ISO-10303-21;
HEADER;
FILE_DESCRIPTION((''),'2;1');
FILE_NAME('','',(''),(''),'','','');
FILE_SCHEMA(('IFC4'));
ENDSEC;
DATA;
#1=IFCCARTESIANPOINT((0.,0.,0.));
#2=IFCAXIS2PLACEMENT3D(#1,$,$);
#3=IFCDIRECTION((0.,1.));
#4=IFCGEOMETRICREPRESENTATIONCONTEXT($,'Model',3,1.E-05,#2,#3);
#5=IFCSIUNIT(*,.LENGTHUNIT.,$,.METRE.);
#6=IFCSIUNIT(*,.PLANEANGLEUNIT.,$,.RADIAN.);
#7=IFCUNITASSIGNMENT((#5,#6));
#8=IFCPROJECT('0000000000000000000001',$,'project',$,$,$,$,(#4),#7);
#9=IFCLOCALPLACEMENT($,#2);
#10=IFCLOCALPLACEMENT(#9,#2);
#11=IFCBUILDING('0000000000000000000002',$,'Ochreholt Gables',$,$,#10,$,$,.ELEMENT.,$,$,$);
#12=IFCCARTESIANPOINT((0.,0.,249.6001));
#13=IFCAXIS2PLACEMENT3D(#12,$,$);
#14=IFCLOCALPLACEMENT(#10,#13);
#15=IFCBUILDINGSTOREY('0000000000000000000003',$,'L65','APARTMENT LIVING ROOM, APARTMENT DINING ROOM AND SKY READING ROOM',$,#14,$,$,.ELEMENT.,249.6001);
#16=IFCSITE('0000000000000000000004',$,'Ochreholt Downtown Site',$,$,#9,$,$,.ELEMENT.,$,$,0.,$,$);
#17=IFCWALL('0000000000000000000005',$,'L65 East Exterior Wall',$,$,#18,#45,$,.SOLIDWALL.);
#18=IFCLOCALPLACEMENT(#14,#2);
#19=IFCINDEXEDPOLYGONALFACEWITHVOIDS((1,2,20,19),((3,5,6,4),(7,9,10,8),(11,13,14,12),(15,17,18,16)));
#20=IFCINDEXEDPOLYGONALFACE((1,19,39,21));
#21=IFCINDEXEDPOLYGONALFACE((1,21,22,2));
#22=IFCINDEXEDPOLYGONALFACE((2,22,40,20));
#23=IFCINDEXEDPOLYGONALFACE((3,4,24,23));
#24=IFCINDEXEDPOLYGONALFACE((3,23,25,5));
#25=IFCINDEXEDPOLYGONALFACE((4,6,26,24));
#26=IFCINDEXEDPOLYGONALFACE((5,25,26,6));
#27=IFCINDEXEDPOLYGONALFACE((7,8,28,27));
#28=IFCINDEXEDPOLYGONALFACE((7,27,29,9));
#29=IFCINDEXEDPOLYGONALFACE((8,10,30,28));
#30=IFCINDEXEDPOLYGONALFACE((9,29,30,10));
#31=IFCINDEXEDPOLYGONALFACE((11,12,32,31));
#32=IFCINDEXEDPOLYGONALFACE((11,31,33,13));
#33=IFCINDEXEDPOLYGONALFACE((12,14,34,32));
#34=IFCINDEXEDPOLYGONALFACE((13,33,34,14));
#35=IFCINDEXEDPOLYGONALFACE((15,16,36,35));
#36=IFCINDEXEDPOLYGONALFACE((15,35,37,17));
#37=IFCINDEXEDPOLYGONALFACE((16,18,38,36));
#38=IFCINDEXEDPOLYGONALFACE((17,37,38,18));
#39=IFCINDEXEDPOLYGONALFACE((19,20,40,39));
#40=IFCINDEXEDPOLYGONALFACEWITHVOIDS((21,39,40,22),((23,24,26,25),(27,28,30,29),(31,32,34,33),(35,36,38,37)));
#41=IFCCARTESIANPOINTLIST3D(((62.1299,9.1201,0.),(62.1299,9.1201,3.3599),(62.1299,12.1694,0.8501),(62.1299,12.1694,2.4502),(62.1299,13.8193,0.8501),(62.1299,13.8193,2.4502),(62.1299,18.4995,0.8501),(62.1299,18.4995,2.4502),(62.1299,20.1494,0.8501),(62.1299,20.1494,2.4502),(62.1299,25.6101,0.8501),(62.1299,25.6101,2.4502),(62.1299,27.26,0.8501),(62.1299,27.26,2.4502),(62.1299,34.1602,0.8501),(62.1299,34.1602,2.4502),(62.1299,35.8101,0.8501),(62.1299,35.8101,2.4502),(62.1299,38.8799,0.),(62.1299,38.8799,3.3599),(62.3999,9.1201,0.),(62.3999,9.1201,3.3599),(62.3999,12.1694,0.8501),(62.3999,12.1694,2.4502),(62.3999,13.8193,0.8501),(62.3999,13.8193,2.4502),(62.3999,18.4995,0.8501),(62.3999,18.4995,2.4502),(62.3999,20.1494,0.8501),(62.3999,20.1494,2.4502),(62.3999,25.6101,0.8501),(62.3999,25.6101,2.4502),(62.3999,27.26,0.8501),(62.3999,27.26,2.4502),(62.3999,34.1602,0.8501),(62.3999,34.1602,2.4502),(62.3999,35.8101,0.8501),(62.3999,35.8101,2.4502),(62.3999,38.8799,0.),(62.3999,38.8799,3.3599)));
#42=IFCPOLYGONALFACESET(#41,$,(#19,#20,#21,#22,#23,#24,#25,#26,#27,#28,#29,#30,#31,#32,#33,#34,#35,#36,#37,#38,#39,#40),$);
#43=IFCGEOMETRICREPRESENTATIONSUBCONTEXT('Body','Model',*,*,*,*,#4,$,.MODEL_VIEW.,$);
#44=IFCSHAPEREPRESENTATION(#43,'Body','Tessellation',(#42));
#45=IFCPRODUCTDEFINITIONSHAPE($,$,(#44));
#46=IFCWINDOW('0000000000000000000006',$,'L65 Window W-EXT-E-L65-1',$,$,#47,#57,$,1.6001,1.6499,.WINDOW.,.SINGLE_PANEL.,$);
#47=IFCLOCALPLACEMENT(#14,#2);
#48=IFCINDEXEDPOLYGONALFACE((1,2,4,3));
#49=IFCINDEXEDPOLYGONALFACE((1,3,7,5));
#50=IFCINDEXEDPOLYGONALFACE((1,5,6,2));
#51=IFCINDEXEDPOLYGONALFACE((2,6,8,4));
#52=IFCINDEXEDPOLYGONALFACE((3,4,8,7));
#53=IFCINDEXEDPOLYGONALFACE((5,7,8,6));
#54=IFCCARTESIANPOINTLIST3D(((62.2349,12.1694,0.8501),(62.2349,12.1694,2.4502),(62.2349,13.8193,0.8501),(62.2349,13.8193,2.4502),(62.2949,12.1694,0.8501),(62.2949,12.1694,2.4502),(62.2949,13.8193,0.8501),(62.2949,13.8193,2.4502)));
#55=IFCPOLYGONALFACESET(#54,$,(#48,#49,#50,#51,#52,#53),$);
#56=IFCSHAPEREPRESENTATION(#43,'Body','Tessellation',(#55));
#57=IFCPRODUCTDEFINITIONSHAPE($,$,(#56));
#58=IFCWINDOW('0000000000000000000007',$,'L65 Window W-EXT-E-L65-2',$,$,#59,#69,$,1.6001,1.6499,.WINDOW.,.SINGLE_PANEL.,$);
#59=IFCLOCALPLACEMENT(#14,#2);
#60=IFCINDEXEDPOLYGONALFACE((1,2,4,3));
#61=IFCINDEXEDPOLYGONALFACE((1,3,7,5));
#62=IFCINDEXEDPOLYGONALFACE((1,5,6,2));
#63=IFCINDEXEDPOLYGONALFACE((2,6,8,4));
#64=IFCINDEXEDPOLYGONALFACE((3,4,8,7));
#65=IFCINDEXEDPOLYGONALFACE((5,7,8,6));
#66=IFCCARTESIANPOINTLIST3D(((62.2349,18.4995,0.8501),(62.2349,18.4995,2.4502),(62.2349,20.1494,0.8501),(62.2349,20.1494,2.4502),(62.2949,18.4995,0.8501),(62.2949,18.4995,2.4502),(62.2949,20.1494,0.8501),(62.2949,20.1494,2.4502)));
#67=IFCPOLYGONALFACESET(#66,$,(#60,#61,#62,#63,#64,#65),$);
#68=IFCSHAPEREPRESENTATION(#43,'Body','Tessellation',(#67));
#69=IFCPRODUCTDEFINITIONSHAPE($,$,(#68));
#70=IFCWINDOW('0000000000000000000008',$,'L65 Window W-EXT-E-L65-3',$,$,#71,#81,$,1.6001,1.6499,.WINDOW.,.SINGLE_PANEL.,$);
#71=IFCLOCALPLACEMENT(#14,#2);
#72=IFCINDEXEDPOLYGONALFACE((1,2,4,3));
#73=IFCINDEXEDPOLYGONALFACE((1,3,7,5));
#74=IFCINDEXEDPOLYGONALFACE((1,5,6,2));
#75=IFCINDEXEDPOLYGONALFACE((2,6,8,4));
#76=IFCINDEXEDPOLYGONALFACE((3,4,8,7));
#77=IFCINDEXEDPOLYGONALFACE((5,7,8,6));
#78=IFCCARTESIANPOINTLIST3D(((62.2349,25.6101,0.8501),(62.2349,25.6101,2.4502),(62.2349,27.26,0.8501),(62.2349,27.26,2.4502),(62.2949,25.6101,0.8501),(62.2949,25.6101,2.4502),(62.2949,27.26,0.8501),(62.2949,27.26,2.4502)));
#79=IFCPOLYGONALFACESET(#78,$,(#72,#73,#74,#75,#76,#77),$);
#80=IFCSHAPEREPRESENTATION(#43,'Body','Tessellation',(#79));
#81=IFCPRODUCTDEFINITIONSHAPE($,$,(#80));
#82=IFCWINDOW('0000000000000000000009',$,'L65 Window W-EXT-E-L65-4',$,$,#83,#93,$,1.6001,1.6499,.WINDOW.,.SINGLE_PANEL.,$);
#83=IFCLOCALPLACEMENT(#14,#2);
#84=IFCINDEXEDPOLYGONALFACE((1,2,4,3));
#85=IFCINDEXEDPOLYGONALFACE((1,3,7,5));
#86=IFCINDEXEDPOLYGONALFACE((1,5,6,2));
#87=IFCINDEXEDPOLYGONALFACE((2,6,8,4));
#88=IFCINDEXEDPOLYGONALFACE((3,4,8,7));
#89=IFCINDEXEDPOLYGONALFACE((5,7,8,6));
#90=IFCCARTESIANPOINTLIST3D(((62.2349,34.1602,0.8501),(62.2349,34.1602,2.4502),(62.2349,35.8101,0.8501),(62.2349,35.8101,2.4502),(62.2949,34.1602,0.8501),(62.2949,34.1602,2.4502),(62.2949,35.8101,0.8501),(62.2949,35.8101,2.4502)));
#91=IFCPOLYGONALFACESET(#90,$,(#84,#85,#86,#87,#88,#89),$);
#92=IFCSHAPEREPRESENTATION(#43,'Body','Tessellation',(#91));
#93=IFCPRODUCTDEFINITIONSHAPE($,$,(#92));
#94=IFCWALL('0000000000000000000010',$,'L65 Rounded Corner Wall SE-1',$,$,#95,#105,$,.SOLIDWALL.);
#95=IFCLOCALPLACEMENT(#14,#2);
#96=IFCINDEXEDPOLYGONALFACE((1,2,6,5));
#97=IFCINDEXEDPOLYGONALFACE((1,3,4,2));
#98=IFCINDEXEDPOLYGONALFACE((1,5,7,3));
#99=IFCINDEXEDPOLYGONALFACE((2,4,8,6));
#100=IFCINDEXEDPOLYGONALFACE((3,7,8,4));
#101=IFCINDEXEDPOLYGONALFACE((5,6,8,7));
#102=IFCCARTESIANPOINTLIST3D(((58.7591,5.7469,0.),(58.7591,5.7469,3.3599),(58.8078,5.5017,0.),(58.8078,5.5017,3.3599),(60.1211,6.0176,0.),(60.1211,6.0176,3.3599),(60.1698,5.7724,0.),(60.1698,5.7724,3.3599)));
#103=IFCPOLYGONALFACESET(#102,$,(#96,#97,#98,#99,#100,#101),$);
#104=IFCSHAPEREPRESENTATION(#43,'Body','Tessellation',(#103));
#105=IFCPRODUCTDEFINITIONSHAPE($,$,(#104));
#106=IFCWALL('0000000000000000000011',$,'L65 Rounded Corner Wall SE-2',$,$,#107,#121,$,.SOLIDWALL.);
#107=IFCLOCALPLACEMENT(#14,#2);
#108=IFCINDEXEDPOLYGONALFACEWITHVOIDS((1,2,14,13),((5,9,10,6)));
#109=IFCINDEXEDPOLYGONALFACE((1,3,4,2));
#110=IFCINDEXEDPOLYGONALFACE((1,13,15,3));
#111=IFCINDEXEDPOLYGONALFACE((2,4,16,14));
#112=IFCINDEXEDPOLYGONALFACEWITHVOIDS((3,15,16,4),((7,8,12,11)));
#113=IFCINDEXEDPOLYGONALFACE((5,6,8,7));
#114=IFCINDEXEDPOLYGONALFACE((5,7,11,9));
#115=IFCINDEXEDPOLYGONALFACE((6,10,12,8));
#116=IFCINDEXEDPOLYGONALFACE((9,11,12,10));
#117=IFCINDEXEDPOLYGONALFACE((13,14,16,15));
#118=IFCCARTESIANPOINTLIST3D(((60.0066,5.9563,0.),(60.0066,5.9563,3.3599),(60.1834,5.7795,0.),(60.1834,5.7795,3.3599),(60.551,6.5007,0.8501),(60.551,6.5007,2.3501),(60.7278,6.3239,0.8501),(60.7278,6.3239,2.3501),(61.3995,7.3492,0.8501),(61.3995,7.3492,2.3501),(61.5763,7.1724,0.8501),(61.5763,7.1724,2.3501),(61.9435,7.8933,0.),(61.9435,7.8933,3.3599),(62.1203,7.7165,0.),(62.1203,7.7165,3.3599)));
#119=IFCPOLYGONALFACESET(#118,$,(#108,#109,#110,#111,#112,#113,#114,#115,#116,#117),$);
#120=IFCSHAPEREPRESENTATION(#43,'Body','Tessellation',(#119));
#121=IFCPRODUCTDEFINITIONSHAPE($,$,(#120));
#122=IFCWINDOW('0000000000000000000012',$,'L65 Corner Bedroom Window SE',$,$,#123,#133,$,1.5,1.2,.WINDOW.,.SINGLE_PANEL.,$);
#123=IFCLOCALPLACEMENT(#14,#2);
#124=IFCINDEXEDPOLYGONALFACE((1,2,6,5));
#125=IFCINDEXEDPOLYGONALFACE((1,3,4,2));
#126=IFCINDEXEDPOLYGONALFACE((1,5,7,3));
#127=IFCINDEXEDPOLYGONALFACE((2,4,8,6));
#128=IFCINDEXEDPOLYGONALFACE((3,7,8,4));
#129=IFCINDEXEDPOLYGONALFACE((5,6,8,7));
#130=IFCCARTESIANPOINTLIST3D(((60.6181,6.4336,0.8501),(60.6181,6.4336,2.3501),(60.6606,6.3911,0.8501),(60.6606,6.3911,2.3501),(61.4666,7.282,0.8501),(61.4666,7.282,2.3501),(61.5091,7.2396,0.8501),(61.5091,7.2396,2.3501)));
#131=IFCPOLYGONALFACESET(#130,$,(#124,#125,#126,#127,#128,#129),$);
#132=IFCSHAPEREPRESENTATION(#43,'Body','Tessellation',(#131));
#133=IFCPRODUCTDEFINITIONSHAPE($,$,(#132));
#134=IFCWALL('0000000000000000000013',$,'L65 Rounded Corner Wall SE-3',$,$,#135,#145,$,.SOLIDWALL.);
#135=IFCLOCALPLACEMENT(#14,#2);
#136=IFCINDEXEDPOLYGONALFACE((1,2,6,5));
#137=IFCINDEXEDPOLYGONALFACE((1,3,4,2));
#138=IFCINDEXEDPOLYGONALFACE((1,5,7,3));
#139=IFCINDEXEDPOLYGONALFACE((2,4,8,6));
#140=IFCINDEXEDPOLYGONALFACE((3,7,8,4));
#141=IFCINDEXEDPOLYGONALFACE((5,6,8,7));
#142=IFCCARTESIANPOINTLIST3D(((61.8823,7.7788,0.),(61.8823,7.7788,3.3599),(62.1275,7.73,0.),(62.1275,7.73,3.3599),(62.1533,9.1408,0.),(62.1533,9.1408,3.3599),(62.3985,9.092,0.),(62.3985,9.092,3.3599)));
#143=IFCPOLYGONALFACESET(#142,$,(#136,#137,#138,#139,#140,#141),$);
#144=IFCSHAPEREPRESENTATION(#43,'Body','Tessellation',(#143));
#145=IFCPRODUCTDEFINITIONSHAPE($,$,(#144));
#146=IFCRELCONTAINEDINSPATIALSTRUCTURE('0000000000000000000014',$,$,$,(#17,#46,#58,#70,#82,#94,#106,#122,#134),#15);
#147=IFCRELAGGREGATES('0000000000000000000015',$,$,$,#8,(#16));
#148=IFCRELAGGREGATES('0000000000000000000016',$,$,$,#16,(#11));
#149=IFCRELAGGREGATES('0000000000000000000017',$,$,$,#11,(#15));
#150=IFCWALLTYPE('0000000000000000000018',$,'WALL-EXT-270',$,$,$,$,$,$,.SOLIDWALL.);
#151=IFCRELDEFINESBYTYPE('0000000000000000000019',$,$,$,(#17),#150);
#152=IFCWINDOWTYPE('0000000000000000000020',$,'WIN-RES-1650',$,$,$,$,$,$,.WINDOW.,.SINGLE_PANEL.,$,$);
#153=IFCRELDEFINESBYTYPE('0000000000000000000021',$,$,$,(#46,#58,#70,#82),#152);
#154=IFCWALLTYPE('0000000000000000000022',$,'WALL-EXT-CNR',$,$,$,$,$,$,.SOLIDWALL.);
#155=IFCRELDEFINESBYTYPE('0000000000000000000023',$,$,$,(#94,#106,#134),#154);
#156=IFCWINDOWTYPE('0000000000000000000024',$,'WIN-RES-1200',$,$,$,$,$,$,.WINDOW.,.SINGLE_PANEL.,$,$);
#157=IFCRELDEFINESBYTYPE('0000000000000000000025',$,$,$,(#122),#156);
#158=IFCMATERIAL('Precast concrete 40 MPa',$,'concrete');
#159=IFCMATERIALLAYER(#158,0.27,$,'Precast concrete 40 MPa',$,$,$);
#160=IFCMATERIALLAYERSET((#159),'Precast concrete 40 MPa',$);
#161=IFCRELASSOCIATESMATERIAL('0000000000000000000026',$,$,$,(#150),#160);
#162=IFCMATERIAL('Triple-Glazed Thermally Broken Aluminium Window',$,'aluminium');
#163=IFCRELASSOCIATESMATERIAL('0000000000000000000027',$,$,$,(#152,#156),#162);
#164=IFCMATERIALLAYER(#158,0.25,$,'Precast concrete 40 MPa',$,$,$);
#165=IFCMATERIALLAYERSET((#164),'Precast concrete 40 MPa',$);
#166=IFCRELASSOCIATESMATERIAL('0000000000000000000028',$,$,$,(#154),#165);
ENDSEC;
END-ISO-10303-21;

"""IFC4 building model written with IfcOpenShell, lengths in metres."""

from ifc_helpers import new_model, si_unit, direction, frame, frame_2d, origin, place, context, subcontext, project, spatial, rectangle, extrude, material, layer, layer_set, type_object, element, fill, save


model = new_model("IFC4")

# Units and contexts
model_context = context("Model", 3, precision=1e-05, world=origin(), true_north=direction((0.0, 1.0)))
body_context = subcontext(model_context, "Body", "Model", "MODEL_VIEW")
ifc_project = project(units=[si_unit("LENGTHUNIT", "METRE"), si_unit("PLANEANGLEUNIT", "RADIAN")], contexts=[model_context])

# Site, building, storey
site_placement = place(None, origin())
site = spatial("IfcSite", under=ifc_project, at=site_placement, Name="Ochreholt Downtown Site", CompositionType="ELEMENT", RefElevation=0.0)
building_placement = place(site_placement, origin())
building = spatial("IfcBuilding", under=site, at=building_placement, Name="Ochreholt Gables", CompositionType="ELEMENT")
storey_placement = place(building_placement, frame((0.0, 0.0, 249.6001)))
storey = spatial("IfcBuildingStorey", under=building, at=storey_placement, Name="L65", Description="APARTMENT LIVING ROOM, APARTMENT DINING ROOM AND SKY READING ROOM", CompositionType="ELEMENT", Elevation=249.6001)

# Wall, openings, windows
ifc_material_1 = material(Name="Precast concrete 40 MPa", Category="concrete")
ifc_layer_1 = layer(ifc_material_1, 0.27, Name="Precast concrete 40 MPa")
ifc_layer_set_1 = layer_set([ifc_layer_1], Name="Precast concrete 40 MPa")
wall_type_1 = type_object("IfcWallType", Name="WALL-EXT-270", PredefinedType="SOLIDWALL", material=ifc_layer_set_1)
wall_1_placement = place(storey_placement, frame((62.2649, 9.1201, 0.0), z_axis=(0.0, 0.0, 1.0), x_axis=(0.0, 1.0, 0.0)))
wall_1 = element("IfcWall", 1, at=wall_1_placement, inside=storey, type_object=wall_type_1, Name="L65 East Exterior Wall", PredefinedType="SOLIDWALL", context=body_context, shape_type="SweptSolid", body=[
    extrude(rectangle(XDim=29.7598, YDim=0.27, at=frame_2d((14.8799, 0.0))), origin(), (0.0, 0.0, 1.0), 3.3599),
])
opening_1_placement = place(wall_1_placement, frame((3.0493, 0.0, 0.8501)))
opening_1 = element("IfcOpeningElement", 2, at=opening_1_placement, cuts=wall_1, PredefinedType="OPENING", context=body_context, shape_type="SweptSolid", body=[
    extrude(rectangle(XDim=1.6499, YDim=1.6001, at=frame_2d((0.825, 0.8))), frame((0.0, 0.145, 0.0), z_axis=(0.0, -1.0, 0.0), x_axis=(1.0, 0.0, 0.0)), (0.0, 0.0, 1.0), 0.29),
])
opening_2_placement = place(wall_1_placement, frame((9.3794, 0.0, 0.8501)))
opening_2 = element("IfcOpeningElement", 3, at=opening_2_placement, cuts=wall_1, PredefinedType="OPENING", context=body_context, shape_type="SweptSolid", body=[
    extrude(rectangle(XDim=1.6499, YDim=1.6001, at=frame_2d((0.825, 0.8))), frame((0.0, 0.145, 0.0), z_axis=(0.0, -1.0, 0.0), x_axis=(1.0, 0.0, 0.0)), (0.0, 0.0, 1.0), 0.29),
])
opening_3_placement = place(wall_1_placement, frame((16.49, 0.0, 0.8501)))
opening_3 = element("IfcOpeningElement", 4, at=opening_3_placement, cuts=wall_1, PredefinedType="OPENING", context=body_context, shape_type="SweptSolid", body=[
    extrude(rectangle(XDim=1.6499, YDim=1.6001, at=frame_2d((0.825, 0.8))), frame((0.0, 0.145, 0.0), z_axis=(0.0, -1.0, 0.0), x_axis=(1.0, 0.0, 0.0)), (0.0, 0.0, 1.0), 0.29),
])
opening_4_placement = place(wall_1_placement, frame((25.04, 0.0, 0.8501)))
opening_4 = element("IfcOpeningElement", 5, at=opening_4_placement, cuts=wall_1, PredefinedType="OPENING", context=body_context, shape_type="SweptSolid", body=[
    extrude(rectangle(XDim=1.6499, YDim=1.6001, at=frame_2d((0.825, 0.8))), frame((0.0, 0.145, 0.0), z_axis=(0.0, -1.0, 0.0), x_axis=(1.0, 0.0, 0.0)), (0.0, 0.0, 1.0), 0.29),
])
ifc_material_2 = material(Name="Triple-Glazed Thermally Broken Aluminium Window", Category="aluminium")
window_type_1 = type_object("IfcWindowType", Name="WIN-RES-1650", PartitioningType="SINGLE_PANEL", PredefinedType="WINDOW", material=ifc_material_2)
window_1_placement = place(opening_1_placement, origin())
window_1 = element("IfcWindow", 6, at=window_1_placement, inside=storey, type_object=window_type_1, Name="L65 Window W-EXT-E-L65-1", OverallHeight=1.6001, OverallWidth=1.6499, PartitioningType="SINGLE_PANEL", PredefinedType="WINDOW", context=body_context, shape_type="SweptSolid", body=[
    extrude(rectangle(XDim=1.6499, YDim=1.6001, at=frame_2d((0.825, 0.8))), frame((0.0, 0.03, 0.0), z_axis=(0.0, -1.0, 0.0), x_axis=(1.0, 0.0, 0.0)), (0.0, 0.0, 1.0), 0.0601),
])
fill(opening_1, window_1)
window_2_placement = place(opening_2_placement, origin())
window_2 = element("IfcWindow", 7, at=window_2_placement, inside=storey, type_object=window_type_1, Name="L65 Window W-EXT-E-L65-2", OverallHeight=1.6001, OverallWidth=1.6499, PartitioningType="SINGLE_PANEL", PredefinedType="WINDOW", context=body_context, shape_type="SweptSolid", body=[
    extrude(rectangle(XDim=1.6499, YDim=1.6001, at=frame_2d((0.825, 0.8))), frame((0.0, 0.03, 0.0), z_axis=(0.0, -1.0, 0.0), x_axis=(1.0, 0.0, 0.0)), (0.0, 0.0, 1.0), 0.0601),
])
fill(opening_2, window_2)
window_3_placement = place(opening_3_placement, origin())
window_3 = element("IfcWindow", 8, at=window_3_placement, inside=storey, type_object=window_type_1, Name="L65 Window W-EXT-E-L65-3", OverallHeight=1.6001, OverallWidth=1.6499, PartitioningType="SINGLE_PANEL", PredefinedType="WINDOW", context=body_context, shape_type="SweptSolid", body=[
    extrude(rectangle(XDim=1.6499, YDim=1.6001, at=frame_2d((0.825, 0.8))), frame((0.0, 0.03, 0.0), z_axis=(0.0, -1.0, 0.0), x_axis=(1.0, 0.0, 0.0)), (0.0, 0.0, 1.0), 0.0601),
])
fill(opening_3, window_3)
window_4_placement = place(opening_4_placement, origin())
window_4 = element("IfcWindow", 9, at=window_4_placement, inside=storey, type_object=window_type_1, Name="L65 Window W-EXT-E-L65-4", OverallHeight=1.6001, OverallWidth=1.6499, PartitioningType="SINGLE_PANEL", PredefinedType="WINDOW", context=body_context, shape_type="SweptSolid", body=[
    extrude(rectangle(XDim=1.6499, YDim=1.6001, at=frame_2d((0.825, 0.8))), frame((0.0, 0.03, 0.0), z_axis=(0.0, -1.0, 0.0), x_axis=(1.0, 0.0, 0.0)), (0.0, 0.0, 1.0), 0.0601),
])
fill(opening_4, window_4)

# Wall
ifc_layer_2 = layer(ifc_material_1, 0.25, Name="Precast concrete 40 MPa")
ifc_layer_set_2 = layer_set([ifc_layer_2], Name="Precast concrete 40 MPa")
wall_type_2 = type_object("IfcWallType", Name="WALL-EXT-CNR", PredefinedType="SOLIDWALL", material=ifc_layer_set_2)
wall_2_placement = place(storey_placement, frame((58.7834, 5.6243, 0.0), z_axis=(0.0, 0.0, 1.0), x_axis=(0.98081, 0.194967, 0.0)))
element("IfcWall", 10, at=wall_2_placement, inside=storey, type_object=wall_type_2, Name="L65 Rounded Corner Wall SE-1", PredefinedType="SOLIDWALL", context=body_context, shape_type="SweptSolid", body=[
    extrude(rectangle(XDim=1.3887, YDim=0.25, at=frame_2d((0.6943, 0.0))), origin(), (0.0, 0.0, 1.0), 3.3599),
])

# Wall, opening, window
wall_3_placement = place(storey_placement, frame((60.095, 5.8679, 0.0), z_axis=(0.0, 0.0, 1.0), x_axis=(0.707107, 0.707107, 0.0)))
wall_3 = element("IfcWall", 11, at=wall_3_placement, inside=storey, type_object=wall_type_2, Name="L65 Rounded Corner Wall SE-2", PredefinedType="SOLIDWALL", context=body_context, shape_type="SweptSolid", body=[
    extrude(rectangle(XDim=2.7393, YDim=0.25, at=frame_2d((1.3696, 0.0))), origin(), (0.0, 0.0, 1.0), 3.3599),
])
opening_5_placement = place(wall_3_placement, frame((0.7698, 0.0, 0.8501)))
opening_5 = element("IfcOpeningElement", 12, at=opening_5_placement, cuts=wall_3, PredefinedType="OPENING", context=body_context, shape_type="SweptSolid", body=[
    extrude(rectangle(XDim=1.2, YDim=1.5, at=frame_2d((0.6001, 0.75))), frame((0.0, 0.135, 0.0), z_axis=(0.0, -1.0, 0.0), x_axis=(1.0, 0.0, 0.0)), (0.0, 0.0, 1.0), 0.27),
])
window_type_2 = type_object("IfcWindowType", Name="WIN-RES-1200", PartitioningType="SINGLE_PANEL", PredefinedType="WINDOW", material=ifc_material_2)
window_5_placement = place(opening_5_placement, origin())
window_5 = element("IfcWindow", 13, at=window_5_placement, inside=storey, type_object=window_type_2, Name="L65 Corner Bedroom Window SE", OverallHeight=1.5, OverallWidth=1.2, PartitioningType="SINGLE_PANEL", PredefinedType="WINDOW", context=body_context, shape_type="SweptSolid", body=[
    extrude(rectangle(XDim=1.2, YDim=1.5, at=frame_2d((0.6001, 0.75))), frame((0.0, 0.03, 0.0), z_axis=(0.0, -1.0, 0.0), x_axis=(1.0, 0.0, 0.0)), (0.0, 0.0, 1.0), 0.0601),
])
fill(opening_5, window_5)

# Wall
wall_4_placement = place(storey_placement, frame((62.0049, 7.7544, 0.0), z_axis=(0.0, 0.0, 1.0), x_axis=(0.195136, 0.980776, 0.0)))
element("IfcWall", 14, at=wall_4_placement, inside=storey, type_object=wall_type_2, Name="L65 Rounded Corner Wall SE-3", PredefinedType="SOLIDWALL", context=body_context, shape_type="SweptSolid", body=[
    extrude(rectangle(XDim=1.3887, YDim=0.25, at=frame_2d((0.6943, 0.0))), origin(), (0.0, 0.0, 1.0), 3.3599),
])

save(model, "model.ifc")
